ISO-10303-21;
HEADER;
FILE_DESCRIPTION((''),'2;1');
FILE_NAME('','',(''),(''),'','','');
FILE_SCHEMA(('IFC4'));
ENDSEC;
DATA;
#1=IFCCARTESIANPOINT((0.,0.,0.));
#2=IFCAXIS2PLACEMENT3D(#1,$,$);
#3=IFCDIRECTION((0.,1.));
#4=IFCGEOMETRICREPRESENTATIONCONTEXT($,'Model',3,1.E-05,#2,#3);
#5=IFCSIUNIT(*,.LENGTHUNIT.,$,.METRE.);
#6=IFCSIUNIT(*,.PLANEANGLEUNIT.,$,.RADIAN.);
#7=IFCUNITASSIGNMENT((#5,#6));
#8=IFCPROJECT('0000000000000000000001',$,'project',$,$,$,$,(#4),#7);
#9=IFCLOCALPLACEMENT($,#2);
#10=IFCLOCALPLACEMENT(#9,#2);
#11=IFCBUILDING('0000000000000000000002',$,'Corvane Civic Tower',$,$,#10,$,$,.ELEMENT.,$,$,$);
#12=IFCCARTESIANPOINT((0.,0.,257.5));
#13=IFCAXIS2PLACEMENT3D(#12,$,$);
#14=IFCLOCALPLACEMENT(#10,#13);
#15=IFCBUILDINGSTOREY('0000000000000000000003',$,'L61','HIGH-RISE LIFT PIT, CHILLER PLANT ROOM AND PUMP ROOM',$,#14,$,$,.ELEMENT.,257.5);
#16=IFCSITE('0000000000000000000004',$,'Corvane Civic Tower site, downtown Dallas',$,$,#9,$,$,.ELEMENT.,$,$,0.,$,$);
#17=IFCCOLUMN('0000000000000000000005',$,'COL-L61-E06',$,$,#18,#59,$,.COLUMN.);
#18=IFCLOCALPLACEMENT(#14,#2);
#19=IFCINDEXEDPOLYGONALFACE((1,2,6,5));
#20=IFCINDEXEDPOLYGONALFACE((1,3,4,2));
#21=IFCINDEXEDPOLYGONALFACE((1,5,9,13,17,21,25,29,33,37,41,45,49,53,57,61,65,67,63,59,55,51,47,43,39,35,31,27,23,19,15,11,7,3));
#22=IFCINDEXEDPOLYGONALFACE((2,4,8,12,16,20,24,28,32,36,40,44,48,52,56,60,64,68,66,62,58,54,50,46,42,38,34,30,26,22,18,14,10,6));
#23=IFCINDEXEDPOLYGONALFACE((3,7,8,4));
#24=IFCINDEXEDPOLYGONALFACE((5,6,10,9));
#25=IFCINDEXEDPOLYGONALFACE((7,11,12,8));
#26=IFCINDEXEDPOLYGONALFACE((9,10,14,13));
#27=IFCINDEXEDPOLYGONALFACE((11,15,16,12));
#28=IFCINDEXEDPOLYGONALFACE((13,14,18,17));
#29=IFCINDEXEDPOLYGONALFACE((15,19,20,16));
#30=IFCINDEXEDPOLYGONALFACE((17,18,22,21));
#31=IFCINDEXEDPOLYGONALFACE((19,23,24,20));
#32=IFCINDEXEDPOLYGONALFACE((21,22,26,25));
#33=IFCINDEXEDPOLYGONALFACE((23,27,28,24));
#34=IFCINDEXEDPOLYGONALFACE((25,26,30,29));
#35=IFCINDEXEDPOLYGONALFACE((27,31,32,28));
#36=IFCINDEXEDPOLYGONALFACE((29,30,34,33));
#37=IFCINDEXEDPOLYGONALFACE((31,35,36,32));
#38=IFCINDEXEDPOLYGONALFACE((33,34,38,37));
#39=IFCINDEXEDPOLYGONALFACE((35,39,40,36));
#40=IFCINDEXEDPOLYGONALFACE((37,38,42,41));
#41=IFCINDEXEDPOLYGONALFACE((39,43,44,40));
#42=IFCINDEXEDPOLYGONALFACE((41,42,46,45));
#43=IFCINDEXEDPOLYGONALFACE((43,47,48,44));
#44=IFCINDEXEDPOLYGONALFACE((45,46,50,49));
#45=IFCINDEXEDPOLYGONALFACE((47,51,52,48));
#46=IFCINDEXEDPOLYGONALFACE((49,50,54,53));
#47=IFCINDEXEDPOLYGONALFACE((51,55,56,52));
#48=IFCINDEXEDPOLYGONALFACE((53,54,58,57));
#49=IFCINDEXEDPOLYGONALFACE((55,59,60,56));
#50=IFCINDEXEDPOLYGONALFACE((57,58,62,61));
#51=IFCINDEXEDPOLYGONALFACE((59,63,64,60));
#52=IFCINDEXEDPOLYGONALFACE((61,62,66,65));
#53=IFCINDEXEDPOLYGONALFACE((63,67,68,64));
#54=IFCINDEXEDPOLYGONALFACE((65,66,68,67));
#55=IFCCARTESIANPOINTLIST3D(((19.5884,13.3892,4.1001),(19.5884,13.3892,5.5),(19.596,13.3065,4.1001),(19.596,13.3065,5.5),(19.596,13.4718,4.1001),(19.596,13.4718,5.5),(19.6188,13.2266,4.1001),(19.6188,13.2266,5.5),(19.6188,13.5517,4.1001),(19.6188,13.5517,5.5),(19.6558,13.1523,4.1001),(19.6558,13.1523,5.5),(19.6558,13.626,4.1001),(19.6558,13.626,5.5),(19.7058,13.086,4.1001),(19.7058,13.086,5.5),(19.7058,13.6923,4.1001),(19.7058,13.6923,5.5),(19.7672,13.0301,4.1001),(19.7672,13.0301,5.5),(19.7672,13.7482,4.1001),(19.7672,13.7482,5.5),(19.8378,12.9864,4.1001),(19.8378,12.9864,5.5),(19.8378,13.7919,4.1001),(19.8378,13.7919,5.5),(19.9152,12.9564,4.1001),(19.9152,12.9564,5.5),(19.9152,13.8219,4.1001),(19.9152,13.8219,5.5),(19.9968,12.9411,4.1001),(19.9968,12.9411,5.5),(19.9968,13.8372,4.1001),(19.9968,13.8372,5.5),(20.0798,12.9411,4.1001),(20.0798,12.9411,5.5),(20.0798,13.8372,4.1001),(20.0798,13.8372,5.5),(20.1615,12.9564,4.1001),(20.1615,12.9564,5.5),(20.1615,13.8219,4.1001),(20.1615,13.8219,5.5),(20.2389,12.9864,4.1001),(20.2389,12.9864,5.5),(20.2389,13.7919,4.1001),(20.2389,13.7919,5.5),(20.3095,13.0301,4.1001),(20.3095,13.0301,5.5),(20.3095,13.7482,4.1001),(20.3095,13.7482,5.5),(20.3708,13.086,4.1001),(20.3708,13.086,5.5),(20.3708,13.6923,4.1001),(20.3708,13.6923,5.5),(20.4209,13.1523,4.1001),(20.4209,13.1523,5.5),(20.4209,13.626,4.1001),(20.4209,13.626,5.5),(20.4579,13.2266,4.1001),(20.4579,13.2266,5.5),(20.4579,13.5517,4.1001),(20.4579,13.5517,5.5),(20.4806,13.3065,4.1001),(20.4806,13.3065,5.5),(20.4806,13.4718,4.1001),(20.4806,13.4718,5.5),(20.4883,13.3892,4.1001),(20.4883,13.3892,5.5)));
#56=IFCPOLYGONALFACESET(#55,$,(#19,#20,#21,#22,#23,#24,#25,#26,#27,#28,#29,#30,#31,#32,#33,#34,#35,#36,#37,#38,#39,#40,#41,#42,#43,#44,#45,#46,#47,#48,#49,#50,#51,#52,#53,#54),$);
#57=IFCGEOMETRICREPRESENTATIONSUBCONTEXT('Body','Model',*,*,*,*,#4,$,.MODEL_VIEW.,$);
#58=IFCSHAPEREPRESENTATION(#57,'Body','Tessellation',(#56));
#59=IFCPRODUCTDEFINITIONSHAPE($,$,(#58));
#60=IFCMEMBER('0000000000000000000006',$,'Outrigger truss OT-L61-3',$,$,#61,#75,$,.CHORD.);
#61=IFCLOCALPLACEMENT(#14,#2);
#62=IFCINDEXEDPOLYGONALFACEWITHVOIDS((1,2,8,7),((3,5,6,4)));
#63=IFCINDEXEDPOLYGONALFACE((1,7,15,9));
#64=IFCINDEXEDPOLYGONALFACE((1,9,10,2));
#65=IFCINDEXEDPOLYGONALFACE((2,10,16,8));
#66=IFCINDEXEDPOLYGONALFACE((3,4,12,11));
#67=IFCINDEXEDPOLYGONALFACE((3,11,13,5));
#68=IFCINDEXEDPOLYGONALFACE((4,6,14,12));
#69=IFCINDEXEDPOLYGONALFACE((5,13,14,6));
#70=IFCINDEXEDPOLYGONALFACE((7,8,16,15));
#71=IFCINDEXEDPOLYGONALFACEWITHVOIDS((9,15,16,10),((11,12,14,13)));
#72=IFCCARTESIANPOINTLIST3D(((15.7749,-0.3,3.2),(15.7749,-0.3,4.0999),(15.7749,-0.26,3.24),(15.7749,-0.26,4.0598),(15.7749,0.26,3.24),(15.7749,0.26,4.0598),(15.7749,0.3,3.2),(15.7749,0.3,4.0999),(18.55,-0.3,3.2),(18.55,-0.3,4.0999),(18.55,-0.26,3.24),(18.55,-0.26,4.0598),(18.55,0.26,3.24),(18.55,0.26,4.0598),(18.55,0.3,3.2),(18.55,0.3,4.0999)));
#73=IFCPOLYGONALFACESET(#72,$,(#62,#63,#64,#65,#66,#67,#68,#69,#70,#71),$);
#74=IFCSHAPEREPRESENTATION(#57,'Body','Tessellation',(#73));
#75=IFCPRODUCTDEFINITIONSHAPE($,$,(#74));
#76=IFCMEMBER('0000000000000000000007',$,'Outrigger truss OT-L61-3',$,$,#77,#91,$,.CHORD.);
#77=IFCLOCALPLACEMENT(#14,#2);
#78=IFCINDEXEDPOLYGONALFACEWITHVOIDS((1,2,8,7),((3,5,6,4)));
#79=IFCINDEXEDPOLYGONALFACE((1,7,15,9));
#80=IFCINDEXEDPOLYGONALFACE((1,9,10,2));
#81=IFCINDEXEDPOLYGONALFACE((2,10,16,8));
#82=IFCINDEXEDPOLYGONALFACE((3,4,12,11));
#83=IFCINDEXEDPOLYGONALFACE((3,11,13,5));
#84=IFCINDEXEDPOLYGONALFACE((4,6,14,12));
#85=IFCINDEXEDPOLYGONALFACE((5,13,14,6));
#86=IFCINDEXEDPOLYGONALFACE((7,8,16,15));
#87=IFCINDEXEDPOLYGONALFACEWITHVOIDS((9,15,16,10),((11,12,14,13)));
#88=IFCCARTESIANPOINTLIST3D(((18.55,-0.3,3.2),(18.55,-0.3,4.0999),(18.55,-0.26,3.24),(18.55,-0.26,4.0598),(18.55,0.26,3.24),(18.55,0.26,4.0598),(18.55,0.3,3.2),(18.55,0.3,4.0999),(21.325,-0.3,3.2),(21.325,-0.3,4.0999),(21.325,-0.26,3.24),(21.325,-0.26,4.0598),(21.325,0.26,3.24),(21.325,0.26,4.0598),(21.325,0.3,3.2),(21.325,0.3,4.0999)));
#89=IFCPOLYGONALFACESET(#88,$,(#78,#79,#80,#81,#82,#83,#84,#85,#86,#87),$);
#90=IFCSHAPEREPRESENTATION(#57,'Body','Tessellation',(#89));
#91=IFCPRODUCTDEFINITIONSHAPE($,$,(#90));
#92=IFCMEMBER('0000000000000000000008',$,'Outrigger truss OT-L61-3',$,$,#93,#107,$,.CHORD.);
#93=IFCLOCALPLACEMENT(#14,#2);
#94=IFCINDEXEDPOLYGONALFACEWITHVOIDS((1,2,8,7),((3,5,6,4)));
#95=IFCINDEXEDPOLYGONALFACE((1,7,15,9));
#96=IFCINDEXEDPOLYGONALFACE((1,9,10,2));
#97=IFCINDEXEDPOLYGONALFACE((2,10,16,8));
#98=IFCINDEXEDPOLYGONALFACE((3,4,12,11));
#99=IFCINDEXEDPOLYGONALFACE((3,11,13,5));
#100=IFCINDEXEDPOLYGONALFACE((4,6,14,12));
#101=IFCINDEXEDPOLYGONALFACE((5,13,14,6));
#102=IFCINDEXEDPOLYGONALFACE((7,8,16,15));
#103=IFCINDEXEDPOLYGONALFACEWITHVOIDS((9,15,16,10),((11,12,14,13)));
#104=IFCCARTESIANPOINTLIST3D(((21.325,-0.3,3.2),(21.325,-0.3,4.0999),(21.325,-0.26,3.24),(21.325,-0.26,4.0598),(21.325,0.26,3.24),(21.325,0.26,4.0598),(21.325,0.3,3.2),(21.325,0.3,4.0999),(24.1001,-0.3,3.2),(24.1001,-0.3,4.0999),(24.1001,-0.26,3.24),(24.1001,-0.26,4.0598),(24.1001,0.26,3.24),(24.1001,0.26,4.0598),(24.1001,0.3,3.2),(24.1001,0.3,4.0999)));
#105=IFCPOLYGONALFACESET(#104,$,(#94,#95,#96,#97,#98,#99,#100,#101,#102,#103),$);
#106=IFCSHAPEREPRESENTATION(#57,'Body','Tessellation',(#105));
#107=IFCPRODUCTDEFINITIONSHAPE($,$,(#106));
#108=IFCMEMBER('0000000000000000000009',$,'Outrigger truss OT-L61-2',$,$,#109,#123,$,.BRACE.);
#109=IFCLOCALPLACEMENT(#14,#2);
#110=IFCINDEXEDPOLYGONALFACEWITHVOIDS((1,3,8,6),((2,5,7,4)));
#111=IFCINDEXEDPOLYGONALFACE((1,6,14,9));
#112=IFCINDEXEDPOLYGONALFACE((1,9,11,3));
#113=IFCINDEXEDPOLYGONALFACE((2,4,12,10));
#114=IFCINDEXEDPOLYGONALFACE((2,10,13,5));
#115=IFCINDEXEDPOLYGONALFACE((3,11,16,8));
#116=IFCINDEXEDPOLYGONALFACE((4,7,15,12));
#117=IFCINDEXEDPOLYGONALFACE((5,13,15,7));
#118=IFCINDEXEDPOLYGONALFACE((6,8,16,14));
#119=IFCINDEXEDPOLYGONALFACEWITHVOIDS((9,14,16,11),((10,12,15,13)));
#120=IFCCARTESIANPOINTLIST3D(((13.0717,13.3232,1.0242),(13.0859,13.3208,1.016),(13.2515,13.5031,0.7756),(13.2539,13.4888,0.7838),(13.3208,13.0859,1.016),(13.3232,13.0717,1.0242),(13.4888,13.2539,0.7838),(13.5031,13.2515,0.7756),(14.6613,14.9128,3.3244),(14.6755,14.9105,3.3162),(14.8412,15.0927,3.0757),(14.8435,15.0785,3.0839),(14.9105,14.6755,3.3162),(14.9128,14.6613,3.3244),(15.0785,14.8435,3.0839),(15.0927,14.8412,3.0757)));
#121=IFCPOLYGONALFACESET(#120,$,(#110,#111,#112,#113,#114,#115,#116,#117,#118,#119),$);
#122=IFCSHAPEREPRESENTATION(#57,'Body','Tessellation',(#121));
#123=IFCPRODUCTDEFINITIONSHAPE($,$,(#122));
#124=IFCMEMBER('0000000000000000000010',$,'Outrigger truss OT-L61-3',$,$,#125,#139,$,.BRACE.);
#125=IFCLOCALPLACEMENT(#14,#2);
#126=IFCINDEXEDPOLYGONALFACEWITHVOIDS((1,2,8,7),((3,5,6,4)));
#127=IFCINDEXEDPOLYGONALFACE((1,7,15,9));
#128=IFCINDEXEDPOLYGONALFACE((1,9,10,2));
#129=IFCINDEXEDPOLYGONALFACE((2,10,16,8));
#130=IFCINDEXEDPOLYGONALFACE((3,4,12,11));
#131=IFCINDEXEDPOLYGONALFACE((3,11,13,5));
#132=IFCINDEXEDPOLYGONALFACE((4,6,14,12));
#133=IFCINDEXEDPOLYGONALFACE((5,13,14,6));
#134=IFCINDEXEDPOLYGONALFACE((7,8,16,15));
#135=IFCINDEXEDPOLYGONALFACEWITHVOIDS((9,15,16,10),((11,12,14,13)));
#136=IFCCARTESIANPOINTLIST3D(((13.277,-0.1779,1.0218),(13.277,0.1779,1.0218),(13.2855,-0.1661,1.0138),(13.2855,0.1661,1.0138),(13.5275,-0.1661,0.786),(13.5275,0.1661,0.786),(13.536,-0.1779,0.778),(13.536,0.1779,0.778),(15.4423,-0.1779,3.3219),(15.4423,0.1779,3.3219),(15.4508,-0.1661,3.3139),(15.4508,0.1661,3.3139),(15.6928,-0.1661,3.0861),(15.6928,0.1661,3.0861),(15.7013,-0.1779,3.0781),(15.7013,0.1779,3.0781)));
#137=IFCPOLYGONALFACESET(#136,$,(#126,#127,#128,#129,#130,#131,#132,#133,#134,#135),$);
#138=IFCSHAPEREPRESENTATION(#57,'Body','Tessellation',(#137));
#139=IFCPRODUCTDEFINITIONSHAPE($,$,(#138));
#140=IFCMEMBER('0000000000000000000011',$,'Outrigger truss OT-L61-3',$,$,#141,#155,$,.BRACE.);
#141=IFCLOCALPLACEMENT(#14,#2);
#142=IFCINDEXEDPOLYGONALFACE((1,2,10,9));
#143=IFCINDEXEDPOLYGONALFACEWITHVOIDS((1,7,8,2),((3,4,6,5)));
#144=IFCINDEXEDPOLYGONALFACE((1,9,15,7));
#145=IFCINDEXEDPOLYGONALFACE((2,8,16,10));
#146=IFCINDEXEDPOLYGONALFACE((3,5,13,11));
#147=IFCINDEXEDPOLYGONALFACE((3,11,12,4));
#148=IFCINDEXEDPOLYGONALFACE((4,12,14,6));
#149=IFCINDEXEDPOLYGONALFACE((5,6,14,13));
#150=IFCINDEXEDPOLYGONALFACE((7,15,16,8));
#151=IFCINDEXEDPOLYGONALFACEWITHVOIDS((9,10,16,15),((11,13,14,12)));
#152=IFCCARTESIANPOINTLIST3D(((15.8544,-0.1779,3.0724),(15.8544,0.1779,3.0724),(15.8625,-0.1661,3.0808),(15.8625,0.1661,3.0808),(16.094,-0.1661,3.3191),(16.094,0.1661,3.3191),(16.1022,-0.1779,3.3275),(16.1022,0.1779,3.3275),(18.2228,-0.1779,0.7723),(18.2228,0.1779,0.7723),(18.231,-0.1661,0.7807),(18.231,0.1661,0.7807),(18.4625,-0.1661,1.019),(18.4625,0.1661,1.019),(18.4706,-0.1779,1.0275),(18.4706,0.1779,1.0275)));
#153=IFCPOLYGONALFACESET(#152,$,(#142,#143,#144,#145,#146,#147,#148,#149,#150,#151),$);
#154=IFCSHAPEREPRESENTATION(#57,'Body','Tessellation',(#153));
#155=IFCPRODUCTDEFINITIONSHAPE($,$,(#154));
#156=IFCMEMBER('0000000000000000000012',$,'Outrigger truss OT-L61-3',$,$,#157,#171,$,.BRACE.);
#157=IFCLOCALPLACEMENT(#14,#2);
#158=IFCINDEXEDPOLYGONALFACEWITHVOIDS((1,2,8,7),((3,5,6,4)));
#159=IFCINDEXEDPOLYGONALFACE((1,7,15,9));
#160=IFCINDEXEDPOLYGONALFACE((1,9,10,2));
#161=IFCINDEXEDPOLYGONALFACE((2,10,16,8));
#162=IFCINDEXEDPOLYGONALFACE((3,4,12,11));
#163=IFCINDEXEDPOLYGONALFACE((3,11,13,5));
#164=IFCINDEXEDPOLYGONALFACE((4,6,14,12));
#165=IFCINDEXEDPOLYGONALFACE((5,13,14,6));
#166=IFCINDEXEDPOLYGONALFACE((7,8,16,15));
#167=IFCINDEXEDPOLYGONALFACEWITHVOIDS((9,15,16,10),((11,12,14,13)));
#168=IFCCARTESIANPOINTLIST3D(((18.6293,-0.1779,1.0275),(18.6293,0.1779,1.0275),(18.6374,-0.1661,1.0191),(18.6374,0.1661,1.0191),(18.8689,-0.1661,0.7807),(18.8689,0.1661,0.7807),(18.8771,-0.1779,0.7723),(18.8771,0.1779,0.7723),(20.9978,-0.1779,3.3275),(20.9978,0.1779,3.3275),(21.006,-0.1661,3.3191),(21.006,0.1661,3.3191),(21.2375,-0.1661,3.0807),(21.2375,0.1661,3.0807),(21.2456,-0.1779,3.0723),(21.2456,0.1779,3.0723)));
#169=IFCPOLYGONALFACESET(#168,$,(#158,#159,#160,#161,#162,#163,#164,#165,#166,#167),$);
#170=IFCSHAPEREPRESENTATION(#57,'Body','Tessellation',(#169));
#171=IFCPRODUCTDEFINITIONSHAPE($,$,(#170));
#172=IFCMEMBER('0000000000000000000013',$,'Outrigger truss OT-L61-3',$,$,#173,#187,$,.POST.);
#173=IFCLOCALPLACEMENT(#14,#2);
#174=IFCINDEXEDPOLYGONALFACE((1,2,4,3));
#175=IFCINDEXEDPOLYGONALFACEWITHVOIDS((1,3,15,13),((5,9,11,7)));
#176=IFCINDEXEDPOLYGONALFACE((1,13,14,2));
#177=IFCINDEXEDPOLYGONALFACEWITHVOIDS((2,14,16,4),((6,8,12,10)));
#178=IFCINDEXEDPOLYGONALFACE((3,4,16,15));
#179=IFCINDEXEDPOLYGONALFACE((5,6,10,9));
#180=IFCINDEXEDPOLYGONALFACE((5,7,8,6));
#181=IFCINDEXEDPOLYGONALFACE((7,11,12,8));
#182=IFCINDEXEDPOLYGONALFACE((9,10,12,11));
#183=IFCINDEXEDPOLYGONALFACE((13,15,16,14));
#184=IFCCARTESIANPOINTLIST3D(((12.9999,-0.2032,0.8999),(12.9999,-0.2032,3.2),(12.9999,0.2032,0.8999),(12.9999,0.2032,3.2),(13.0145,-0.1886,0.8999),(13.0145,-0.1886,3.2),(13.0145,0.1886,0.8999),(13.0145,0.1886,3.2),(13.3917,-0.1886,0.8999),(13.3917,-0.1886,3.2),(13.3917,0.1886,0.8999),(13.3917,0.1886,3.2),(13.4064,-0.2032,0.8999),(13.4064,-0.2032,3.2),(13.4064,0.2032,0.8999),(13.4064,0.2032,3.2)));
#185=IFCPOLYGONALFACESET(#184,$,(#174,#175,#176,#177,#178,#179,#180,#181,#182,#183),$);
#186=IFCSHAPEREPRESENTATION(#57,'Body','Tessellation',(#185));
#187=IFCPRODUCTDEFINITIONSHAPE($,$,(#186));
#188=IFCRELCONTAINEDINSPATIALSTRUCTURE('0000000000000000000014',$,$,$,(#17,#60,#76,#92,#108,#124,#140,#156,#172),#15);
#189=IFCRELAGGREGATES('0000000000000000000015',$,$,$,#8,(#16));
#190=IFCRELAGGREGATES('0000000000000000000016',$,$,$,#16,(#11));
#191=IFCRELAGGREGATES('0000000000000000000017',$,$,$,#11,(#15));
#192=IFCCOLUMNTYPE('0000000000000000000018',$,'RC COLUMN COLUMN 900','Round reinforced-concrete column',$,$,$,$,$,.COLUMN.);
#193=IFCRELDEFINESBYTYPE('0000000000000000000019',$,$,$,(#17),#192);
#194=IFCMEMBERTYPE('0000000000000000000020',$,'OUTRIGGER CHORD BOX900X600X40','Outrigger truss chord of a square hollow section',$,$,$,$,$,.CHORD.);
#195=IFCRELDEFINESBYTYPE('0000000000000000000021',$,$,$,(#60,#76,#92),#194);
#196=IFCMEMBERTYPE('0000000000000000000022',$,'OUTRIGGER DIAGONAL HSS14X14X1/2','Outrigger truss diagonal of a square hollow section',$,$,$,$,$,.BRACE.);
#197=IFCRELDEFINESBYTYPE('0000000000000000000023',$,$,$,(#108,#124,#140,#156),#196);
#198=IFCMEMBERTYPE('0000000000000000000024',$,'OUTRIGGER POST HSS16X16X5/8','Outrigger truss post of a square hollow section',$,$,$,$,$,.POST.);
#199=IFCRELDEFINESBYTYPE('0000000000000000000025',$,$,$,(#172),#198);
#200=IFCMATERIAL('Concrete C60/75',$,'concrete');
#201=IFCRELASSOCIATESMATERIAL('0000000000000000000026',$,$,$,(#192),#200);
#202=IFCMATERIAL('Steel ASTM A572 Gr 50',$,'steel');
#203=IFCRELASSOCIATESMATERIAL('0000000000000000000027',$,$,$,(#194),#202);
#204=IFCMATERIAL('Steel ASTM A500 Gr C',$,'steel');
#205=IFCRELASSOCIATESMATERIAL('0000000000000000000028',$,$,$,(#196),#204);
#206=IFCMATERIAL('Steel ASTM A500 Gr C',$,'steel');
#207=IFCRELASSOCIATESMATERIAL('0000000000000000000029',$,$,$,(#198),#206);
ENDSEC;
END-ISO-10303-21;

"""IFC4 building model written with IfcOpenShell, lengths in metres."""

from ifc_helpers import new_model, si_unit, direction, frame, origin, origin_2d, place, context, subcontext, project, spatial, hollow_rectangle, circle, extrude, material, material_profile, profile_set, type_object, element, save


model = new_model("IFC4")

# Units and contexts
model_context = context("Model", 3, precision=1e-05, world=origin(), true_north=direction((0.0, 1.0)))
body_context = subcontext(model_context, "Body", "Model", "MODEL_VIEW")
ifc_project = project(units=[si_unit("LENGTHUNIT", "METRE"), si_unit("PLANEANGLEUNIT", "RADIAN")], contexts=[model_context])

# Site, building, storey
site_placement = place(None, origin())
site = spatial("IfcSite", under=ifc_project, at=site_placement, Name="Corvane Civic Tower site, downtown Dallas", CompositionType="ELEMENT", RefElevation=0.0)
building_placement = place(site_placement, origin())
building = spatial("IfcBuilding", under=site, at=building_placement, Name="Corvane Civic Tower", CompositionType="ELEMENT")
storey_placement = place(building_placement, frame((0.0, 0.0, 257.5)))
storey = spatial("IfcBuildingStorey", under=building, at=storey_placement, Name="L61", Description="HIGH-RISE LIFT PIT, CHILLER PLANT ROOM AND PUMP ROOM", CompositionType="ELEMENT", Elevation=257.5)

# Column
ifc_material_1 = material(Name="Concrete C60/75", Category="concrete")
ifc_material_profile_1 = material_profile(ifc_material_1, circle(Radius=0.45, at=origin_2d()), Name="COLUMN 900")
ifc_profile_set_1 = profile_set([ifc_material_profile_1], Name="Concrete C60/75")
column_type = type_object("IfcColumnType", Name="RC COLUMN COLUMN 900", Description="Round reinforced-concrete column", PredefinedType="COLUMN", material=ifc_profile_set_1)
column_placement = place(storey_placement, frame((20.0383, 13.3892, 4.1001), z_axis=(0.0, 0.0, 1.0), x_axis=(1.0, 0.0, 0.0)))
element("IfcColumn", 1, at=column_placement, inside=storey, type_object=column_type, Name="COL-L61-E06", PredefinedType="COLUMN", context=body_context, shape_type="SweptSolid", body=[
    extrude(circle(Radius=0.45, at=origin_2d()), origin(), (0.0, 0.0, 1.0), 1.3999),
])

# Members
ifc_material_2 = material(Name="Steel ASTM A572 Gr 50", Category="steel")
ifc_material_profile_2 = material_profile(ifc_material_2, hollow_rectangle(XDim=0.6001, YDim=0.8999, WallThickness=0.04, at=origin_2d()), Name="BOX900X600X40")
ifc_profile_set_2 = profile_set([ifc_material_profile_2], Name="Steel ASTM A572 Gr 50")
member_type_1 = type_object("IfcMemberType", Name="OUTRIGGER CHORD BOX900X600X40", Description="Outrigger truss chord of a square hollow section", PredefinedType="CHORD", material=ifc_profile_set_2)
member_1_placement = place(storey_placement, frame((15.7749, 0.0, 3.6499), z_axis=(1.0, 0.0, 0.0), x_axis=(0.0, 1.0, 0.0)))
element("IfcMember", 2, at=member_1_placement, inside=storey, type_object=member_type_1, Name="Outrigger truss OT-L61-3", PredefinedType="CHORD", context=body_context, shape_type="SweptSolid", body=[
    extrude(hollow_rectangle(XDim=0.6001, YDim=0.8999, WallThickness=0.04, at=origin_2d()), origin(), (0.0, 0.0, 1.0), 2.7751),
])
member_2_placement = place(storey_placement, frame((18.55, 0.0, 3.6499), z_axis=(1.0, 0.0, 0.0), x_axis=(0.0, 1.0, 0.0)))
element("IfcMember", 3, at=member_2_placement, inside=storey, type_object=member_type_1, Name="Outrigger truss OT-L61-3", PredefinedType="CHORD", context=body_context, shape_type="SweptSolid", body=[
    extrude(hollow_rectangle(XDim=0.6001, YDim=0.8999, WallThickness=0.04, at=origin_2d()), origin(), (0.0, 0.0, 1.0), 2.7749),
])
member_3_placement = place(storey_placement, frame((21.325, 0.0, 3.6499), z_axis=(1.0, 0.0, 0.0), x_axis=(0.0, 1.0, 0.0)))
element("IfcMember", 4, at=member_3_placement, inside=storey, type_object=member_type_1, Name="Outrigger truss OT-L61-3", PredefinedType="CHORD", context=body_context, shape_type="SweptSolid", body=[
    extrude(hollow_rectangle(XDim=0.6001, YDim=0.8999, WallThickness=0.04, at=origin_2d()), origin(), (0.0, 0.0, 1.0), 2.7751),
])
ifc_material_3 = material(Name="Steel ASTM A500 Gr C", Category="steel")
ifc_material_profile_3 = material_profile(ifc_material_3, hollow_rectangle(XDim=0.3557, YDim=0.3557, WallThickness=0.0117, at=origin_2d()), Name="HSS14X14X1/2")
ifc_profile_set_3 = profile_set([ifc_material_profile_3], Name="Steel ASTM A500 Gr C")
member_type_2 = type_object("IfcMemberType", Name="OUTRIGGER DIAGONAL HSS14X14X1/2", Description="Outrigger truss diagonal of a square hollow section", PredefinedType="BRACE", material=ifc_profile_set_3)
member_4_placement = place(storey_placement, frame((13.2874, 13.2874, 0.8999), z_axis=(0.494249, 0.494249, 0.715147), x_axis=(-0.707107, 0.707107, 0.0)))
element("IfcMember", 5, at=member_4_placement, inside=storey, type_object=member_type_2, Name="Outrigger truss OT-L61-2", PredefinedType="BRACE", context=body_context, shape_type="SweptSolid", body=[
    extrude(hollow_rectangle(XDim=0.3557, YDim=0.3557, WallThickness=0.0117, at=origin_2d()), origin(), (0.0, 0.0, 1.0), 3.2163),
])
member_5_placement = place(storey_placement, frame((13.4065, 0.0, 0.8999), z_axis=(0.685454, 0.0, 0.728116), x_axis=(0.0, 1.0, 0.0)))
element("IfcMember", 6, at=member_5_placement, inside=storey, type_object=member_type_2, Name="Outrigger truss OT-L61-3", PredefinedType="BRACE", context=body_context, shape_type="SweptSolid", body=[
    extrude(hollow_rectangle(XDim=0.3557, YDim=0.3557, WallThickness=0.0117, at=origin_2d()), origin(), (0.0, 0.0, 1.0), 3.1589),
])
for number, where, z_axis, x_axis, name in (
    (7, (15.9783, 0.0, 3.2), (0.717384, 0.0, -0.696678), (0.0, 1.0, 0.0), "Outrigger truss OT-L61-3"),
    (8, (18.7532, 0.0, 0.8999), (0.71742, 0.0, 0.696641), (0.0, 1.0, 0.0), "Outrigger truss OT-L61-3"),
):
    element("IfcMember", number, at=place(storey_placement, frame(where, z_axis=z_axis, x_axis=x_axis)), inside=storey, type_object=member_type_2, Name=name, PredefinedType="BRACE", context=body_context, shape_type="SweptSolid", body=[
        extrude(hollow_rectangle(XDim=0.3557, YDim=0.3557, WallThickness=0.0117, at=origin_2d()), origin(), (0.0, 0.0, 1.0), 3.3015),
    ])
ifc_material_4 = material(Name="Steel ASTM A500 Gr C", Category="steel")
ifc_material_profile_4 = material_profile(ifc_material_4, hollow_rectangle(XDim=0.4065, YDim=0.4065, WallThickness=0.0146, at=origin_2d()), Name="HSS16X16X5/8")
ifc_profile_set_4 = profile_set([ifc_material_profile_4], Name="Steel ASTM A500 Gr C")
member_type_3 = type_object("IfcMemberType", Name="OUTRIGGER POST HSS16X16X5/8", Description="Outrigger truss post of a square hollow section", PredefinedType="POST", material=ifc_profile_set_4)
for number, where, z_axis, x_axis, name in (
    (9, (13.2031, 0.0, 0.8999), (0.0, 0.0, 1.0), (1.0, 0.0, 0.0), "Outrigger truss OT-L61-3"),
):
    element("IfcMember", number, at=place(storey_placement, frame(where, z_axis=z_axis, x_axis=x_axis)), inside=storey, type_object=member_type_3, Name=name, PredefinedType="POST", context=body_context, shape_type="SweptSolid", body=[
        extrude(hollow_rectangle(XDim=0.4065, YDim=0.4065, WallThickness=0.0146, at=origin_2d()), origin(), (0.0, 0.0, 1.0), 2.3),
    ])

save(model, "model.ifc")
